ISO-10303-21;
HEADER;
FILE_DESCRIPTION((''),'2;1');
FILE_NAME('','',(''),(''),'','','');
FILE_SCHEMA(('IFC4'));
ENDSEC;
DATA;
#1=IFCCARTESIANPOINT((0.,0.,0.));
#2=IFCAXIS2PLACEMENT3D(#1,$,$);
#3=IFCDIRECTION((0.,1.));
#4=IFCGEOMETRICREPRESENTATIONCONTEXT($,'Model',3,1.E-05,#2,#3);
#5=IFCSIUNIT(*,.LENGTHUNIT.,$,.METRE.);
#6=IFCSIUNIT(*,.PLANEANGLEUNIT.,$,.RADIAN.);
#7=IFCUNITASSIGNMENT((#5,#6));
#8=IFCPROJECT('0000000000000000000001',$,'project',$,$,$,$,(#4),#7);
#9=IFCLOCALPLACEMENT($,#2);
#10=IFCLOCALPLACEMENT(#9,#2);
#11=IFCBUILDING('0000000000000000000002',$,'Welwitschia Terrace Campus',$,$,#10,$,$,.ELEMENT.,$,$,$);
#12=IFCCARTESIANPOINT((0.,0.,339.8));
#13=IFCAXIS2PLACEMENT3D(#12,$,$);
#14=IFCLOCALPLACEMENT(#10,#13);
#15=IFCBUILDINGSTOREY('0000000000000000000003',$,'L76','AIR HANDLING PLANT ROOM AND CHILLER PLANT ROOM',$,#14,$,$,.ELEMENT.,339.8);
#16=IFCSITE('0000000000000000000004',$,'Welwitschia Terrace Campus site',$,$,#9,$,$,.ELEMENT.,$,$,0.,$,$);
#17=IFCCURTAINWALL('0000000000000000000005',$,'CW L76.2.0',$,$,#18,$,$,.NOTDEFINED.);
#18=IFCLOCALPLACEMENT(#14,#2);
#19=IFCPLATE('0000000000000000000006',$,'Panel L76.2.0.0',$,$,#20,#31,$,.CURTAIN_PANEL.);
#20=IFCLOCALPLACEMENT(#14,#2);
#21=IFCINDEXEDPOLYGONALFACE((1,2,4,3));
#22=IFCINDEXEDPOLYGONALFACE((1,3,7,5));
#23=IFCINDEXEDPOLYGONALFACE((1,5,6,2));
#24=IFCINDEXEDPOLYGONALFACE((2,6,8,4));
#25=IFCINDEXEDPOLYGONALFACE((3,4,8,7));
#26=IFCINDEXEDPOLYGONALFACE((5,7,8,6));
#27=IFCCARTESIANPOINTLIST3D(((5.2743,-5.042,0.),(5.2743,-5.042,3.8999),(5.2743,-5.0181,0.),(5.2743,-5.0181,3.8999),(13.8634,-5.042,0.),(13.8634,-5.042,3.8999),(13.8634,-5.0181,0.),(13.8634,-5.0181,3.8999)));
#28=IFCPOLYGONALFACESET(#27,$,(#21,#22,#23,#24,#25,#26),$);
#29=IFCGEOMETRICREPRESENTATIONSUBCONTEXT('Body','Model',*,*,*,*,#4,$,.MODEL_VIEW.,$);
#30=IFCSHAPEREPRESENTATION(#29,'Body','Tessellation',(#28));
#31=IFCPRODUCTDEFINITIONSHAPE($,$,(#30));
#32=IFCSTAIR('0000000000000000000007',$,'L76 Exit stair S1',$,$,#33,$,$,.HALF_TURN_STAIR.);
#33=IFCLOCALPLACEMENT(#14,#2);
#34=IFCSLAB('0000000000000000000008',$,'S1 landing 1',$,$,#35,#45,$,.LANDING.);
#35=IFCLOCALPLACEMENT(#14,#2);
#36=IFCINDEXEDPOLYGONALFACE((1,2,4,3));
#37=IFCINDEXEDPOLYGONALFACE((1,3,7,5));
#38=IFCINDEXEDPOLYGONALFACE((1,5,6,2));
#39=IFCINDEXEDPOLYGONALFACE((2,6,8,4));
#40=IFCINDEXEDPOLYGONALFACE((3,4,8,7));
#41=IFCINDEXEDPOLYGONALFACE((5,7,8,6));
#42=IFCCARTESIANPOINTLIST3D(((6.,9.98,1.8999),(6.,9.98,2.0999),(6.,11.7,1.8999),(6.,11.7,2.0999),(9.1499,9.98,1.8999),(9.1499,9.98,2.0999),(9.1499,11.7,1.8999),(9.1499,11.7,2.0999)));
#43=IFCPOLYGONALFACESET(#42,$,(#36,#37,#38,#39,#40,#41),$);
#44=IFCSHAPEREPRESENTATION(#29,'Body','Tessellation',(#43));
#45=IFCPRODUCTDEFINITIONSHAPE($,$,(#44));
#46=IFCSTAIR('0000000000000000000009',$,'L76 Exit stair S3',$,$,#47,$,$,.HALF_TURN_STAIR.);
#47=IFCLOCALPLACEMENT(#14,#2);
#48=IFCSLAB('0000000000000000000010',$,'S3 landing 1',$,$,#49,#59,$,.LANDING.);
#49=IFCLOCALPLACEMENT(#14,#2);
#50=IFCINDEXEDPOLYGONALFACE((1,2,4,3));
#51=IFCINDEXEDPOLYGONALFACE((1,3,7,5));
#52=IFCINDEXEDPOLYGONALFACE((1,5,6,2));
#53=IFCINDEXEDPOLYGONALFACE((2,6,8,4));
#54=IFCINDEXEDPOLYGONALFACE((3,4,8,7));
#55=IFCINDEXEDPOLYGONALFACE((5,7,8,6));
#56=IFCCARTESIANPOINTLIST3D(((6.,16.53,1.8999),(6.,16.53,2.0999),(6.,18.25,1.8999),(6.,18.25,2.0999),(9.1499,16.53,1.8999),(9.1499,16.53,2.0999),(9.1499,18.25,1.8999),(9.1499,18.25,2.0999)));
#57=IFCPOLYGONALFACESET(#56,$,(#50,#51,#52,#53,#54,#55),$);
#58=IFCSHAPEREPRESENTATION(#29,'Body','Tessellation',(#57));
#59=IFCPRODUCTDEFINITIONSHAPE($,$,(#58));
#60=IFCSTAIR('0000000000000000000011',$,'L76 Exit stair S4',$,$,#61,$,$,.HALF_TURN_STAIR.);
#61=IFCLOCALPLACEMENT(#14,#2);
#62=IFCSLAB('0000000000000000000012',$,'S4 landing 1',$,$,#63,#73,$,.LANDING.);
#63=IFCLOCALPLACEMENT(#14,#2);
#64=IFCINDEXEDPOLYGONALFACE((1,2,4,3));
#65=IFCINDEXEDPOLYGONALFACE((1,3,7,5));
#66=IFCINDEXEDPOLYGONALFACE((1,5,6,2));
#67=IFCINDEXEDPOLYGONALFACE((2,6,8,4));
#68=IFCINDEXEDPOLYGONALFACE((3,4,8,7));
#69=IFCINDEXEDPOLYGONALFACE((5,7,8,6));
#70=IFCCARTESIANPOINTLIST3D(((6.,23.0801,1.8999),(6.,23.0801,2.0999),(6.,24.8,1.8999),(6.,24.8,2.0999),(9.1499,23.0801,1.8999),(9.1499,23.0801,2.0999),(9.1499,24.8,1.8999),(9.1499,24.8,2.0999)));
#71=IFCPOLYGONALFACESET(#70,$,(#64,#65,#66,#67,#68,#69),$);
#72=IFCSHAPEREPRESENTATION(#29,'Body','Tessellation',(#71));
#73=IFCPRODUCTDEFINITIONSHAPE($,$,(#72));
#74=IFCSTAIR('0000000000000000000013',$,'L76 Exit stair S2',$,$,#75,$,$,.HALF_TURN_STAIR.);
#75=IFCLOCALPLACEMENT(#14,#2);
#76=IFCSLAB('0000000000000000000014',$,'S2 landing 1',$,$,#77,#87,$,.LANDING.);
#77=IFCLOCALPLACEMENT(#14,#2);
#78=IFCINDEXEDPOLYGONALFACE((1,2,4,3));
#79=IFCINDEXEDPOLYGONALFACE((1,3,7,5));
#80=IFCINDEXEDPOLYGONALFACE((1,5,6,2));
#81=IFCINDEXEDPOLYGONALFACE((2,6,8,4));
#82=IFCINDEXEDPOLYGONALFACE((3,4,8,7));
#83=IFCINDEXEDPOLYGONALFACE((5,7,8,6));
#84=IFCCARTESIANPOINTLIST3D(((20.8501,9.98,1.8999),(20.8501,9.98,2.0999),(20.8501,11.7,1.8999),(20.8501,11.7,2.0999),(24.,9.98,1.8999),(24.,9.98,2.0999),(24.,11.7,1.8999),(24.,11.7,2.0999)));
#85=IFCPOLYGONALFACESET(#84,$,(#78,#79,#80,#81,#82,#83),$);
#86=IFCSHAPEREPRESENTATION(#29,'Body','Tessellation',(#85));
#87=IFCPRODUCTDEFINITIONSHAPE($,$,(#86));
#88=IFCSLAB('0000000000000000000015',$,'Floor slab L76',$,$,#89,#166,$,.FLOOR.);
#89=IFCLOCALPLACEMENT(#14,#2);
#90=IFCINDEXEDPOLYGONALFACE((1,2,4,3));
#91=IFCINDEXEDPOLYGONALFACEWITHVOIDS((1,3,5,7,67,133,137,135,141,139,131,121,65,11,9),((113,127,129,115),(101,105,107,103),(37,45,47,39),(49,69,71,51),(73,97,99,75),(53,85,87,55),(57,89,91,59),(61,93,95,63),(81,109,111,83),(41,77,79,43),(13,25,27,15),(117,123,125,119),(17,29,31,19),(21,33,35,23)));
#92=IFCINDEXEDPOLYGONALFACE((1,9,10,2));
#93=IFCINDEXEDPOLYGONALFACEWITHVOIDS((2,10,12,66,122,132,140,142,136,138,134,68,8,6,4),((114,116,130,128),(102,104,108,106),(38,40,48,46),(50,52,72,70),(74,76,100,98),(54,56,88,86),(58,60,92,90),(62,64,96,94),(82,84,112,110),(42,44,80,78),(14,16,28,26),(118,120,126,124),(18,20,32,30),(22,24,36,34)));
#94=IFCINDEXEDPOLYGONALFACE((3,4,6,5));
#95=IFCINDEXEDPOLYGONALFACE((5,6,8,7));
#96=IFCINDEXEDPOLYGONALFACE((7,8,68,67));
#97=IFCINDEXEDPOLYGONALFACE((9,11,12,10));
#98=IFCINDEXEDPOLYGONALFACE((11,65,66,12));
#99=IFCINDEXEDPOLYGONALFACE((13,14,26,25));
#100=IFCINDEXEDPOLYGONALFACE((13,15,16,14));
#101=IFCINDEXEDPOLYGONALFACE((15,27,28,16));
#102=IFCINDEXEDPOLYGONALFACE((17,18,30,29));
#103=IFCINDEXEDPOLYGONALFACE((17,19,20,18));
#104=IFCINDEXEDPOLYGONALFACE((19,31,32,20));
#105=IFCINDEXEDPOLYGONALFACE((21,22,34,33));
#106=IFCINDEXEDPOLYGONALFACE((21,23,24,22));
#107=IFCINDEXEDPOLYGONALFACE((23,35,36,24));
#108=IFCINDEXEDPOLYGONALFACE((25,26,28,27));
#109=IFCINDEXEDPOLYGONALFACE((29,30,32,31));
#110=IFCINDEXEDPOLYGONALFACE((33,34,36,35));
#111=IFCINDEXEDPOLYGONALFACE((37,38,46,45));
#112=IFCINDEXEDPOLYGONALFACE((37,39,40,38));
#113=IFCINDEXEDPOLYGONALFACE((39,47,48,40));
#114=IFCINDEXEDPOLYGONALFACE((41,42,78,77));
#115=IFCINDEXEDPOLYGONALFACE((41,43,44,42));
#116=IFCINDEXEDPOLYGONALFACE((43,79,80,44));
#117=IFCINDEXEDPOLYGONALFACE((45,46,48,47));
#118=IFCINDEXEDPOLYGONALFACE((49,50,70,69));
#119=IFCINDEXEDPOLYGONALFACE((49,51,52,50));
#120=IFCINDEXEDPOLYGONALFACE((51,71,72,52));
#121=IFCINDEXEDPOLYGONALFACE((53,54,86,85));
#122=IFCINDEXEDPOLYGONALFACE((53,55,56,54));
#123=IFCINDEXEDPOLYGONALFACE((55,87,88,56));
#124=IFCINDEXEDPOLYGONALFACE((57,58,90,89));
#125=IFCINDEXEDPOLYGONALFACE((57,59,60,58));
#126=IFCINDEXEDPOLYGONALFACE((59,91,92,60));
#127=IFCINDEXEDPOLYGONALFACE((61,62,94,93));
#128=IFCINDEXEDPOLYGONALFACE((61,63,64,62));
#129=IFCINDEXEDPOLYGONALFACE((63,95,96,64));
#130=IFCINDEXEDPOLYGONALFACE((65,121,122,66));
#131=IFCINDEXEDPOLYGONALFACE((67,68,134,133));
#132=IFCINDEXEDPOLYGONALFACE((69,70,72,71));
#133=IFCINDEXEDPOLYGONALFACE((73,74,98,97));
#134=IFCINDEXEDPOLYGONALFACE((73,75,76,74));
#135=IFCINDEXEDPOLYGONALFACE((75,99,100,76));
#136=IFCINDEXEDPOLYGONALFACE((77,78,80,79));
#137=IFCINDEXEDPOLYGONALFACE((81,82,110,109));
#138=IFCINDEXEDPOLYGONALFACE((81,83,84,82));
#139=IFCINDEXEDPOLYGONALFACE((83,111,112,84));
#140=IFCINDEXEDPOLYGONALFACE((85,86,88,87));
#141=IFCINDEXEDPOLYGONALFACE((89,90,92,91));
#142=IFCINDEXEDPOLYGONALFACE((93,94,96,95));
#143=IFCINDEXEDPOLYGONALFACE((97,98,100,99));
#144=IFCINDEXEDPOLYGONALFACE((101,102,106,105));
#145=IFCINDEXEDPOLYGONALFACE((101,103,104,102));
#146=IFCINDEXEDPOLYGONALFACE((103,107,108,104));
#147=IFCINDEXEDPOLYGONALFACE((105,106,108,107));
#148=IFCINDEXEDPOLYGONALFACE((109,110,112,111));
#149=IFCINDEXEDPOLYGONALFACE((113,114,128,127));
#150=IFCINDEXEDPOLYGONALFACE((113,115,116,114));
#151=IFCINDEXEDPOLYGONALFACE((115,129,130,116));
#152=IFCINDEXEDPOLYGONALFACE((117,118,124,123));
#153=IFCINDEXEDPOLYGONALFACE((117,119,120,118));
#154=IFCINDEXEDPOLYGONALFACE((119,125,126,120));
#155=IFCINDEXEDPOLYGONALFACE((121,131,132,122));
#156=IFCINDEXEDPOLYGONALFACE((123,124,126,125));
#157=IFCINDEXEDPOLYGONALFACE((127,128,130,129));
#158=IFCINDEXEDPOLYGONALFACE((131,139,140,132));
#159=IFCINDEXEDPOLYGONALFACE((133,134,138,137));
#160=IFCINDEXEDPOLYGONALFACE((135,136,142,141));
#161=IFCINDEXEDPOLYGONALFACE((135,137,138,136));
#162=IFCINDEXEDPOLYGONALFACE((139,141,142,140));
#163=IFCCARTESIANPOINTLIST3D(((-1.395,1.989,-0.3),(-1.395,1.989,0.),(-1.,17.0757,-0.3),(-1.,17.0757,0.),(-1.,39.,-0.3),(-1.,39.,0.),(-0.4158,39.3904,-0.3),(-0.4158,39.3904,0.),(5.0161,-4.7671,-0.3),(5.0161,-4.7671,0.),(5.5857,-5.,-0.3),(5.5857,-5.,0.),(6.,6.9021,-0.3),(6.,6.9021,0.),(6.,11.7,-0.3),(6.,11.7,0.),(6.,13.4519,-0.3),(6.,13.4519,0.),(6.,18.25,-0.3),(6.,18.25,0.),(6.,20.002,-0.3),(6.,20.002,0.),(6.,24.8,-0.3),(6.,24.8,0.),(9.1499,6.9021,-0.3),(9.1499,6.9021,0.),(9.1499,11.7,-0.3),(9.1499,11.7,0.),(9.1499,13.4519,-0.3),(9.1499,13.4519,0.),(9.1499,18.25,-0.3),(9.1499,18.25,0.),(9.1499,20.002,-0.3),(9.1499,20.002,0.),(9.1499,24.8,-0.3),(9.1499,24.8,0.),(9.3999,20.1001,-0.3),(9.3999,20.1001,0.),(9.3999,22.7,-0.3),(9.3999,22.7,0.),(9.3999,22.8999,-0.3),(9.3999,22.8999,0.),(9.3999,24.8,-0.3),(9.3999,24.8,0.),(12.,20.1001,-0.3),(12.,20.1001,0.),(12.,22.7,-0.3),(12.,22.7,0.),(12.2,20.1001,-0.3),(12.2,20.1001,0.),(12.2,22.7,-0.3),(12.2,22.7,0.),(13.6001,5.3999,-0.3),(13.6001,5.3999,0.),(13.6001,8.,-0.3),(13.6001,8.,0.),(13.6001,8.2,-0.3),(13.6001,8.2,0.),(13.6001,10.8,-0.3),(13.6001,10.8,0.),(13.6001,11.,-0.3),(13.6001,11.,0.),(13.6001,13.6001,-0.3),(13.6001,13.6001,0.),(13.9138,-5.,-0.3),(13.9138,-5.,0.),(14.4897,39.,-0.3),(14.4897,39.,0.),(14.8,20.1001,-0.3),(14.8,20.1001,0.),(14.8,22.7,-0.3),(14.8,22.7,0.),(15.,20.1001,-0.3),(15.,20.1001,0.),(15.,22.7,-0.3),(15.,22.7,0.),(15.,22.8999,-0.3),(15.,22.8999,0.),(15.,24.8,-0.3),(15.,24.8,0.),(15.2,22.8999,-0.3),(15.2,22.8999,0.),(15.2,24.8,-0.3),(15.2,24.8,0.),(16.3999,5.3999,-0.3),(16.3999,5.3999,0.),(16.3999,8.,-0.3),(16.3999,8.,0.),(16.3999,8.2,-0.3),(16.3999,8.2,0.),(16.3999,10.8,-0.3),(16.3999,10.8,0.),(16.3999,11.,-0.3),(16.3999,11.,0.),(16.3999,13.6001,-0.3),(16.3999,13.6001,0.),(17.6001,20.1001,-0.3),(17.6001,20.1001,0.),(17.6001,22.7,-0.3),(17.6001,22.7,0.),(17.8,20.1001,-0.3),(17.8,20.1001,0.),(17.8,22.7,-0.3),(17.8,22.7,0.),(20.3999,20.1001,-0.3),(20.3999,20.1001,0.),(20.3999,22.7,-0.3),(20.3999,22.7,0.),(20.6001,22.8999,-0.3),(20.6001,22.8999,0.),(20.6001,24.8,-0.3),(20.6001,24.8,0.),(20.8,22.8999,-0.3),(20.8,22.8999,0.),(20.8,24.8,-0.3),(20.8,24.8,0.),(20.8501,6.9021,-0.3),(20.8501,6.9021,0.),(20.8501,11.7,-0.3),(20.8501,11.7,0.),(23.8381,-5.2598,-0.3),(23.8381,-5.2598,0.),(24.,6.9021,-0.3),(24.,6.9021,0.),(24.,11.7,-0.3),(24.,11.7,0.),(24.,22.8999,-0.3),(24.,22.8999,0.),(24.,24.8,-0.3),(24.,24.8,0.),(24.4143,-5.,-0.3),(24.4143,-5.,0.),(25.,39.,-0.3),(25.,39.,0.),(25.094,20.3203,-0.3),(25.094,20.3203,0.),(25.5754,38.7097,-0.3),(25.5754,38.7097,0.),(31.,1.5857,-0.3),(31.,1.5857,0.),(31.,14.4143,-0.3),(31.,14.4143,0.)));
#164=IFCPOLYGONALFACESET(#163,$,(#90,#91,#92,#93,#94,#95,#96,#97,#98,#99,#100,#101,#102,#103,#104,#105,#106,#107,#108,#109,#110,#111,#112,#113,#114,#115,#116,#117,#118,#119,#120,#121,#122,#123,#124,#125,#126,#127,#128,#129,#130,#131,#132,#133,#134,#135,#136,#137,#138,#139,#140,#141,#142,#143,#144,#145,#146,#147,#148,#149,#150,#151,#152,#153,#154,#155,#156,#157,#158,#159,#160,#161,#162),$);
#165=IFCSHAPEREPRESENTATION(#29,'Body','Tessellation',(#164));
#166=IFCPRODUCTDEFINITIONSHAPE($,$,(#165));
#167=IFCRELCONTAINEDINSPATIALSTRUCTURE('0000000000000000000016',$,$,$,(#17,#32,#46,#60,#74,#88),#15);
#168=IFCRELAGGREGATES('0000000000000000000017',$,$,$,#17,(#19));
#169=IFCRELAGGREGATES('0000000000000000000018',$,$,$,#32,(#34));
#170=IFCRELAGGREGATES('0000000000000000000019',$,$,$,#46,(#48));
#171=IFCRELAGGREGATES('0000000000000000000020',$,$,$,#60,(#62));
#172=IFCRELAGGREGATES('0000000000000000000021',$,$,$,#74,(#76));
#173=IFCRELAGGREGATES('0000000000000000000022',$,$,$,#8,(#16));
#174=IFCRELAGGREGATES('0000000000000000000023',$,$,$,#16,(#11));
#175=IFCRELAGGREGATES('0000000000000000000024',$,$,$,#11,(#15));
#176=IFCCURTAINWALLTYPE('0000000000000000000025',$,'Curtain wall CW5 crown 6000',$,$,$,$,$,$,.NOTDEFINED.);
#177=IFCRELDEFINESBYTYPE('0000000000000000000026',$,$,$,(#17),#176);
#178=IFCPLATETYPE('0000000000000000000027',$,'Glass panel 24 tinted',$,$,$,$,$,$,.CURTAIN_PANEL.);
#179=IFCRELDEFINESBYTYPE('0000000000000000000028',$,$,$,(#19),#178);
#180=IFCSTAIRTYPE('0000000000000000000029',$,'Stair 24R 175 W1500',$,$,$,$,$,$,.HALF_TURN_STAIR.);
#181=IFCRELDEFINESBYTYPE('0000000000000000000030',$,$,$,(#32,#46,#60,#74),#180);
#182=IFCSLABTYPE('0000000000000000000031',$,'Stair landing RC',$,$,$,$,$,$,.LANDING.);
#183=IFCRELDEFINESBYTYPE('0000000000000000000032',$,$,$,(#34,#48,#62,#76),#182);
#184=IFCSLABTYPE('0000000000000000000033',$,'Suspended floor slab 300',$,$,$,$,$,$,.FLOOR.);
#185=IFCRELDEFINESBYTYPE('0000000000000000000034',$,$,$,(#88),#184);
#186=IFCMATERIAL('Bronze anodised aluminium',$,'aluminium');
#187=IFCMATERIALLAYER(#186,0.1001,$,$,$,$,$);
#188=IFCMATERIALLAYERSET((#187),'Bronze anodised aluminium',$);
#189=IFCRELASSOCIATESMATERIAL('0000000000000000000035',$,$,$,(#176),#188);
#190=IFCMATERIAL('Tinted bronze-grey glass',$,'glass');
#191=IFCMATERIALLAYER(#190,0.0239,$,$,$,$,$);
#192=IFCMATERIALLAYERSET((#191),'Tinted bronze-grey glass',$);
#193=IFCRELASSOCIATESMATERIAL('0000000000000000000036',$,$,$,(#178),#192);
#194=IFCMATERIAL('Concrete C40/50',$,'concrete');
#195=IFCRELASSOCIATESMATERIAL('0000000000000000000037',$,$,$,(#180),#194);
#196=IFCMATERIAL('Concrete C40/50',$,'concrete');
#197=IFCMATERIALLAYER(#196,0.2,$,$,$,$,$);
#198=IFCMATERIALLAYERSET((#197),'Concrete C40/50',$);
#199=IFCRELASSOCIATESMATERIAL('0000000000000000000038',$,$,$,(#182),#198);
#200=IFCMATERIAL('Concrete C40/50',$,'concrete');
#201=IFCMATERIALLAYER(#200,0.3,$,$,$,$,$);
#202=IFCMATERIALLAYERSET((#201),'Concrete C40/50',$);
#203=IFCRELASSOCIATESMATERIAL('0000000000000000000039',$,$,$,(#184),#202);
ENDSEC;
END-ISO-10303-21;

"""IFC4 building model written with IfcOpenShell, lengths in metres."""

from ifc_helpers import new_model, si_unit, direction, frame, origin, origin_2d, place, context, subcontext, project, spatial, polyline, rectangle, outline, extrude, material, layer, layer_set, type_object, element, aggregate, save


model = new_model("IFC4")

# Units and contexts
model_context = context("Model", 3, precision=1e-05, world=origin(), true_north=direction((0.0, 1.0)))
body_context = subcontext(model_context, "Body", "Model", "MODEL_VIEW")
ifc_project = project(units=[si_unit("LENGTHUNIT", "METRE"), si_unit("PLANEANGLEUNIT", "RADIAN")], contexts=[model_context])

# Site, building, storey
site_placement = place(None, origin())
site = spatial("IfcSite", under=ifc_project, at=site_placement, Name="Welwitschia Terrace Campus site", CompositionType="ELEMENT", RefElevation=0.0)
building_placement = place(site_placement, origin())
building = spatial("IfcBuilding", under=site, at=building_placement, Name="Welwitschia Terrace Campus", CompositionType="ELEMENT")
storey_placement = place(building_placement, frame((0.0, 0.0, 339.8)))
storey = spatial("IfcBuildingStorey", under=building, at=storey_placement, Name="L76", Description="AIR HANDLING PLANT ROOM AND CHILLER PLANT ROOM", CompositionType="ELEMENT", Elevation=339.8)

# Shared definitions
ifc_material_1 = material(Name="Bronze anodised aluminium", Category="aluminium")
ifc_layer_1 = layer(ifc_material_1, 0.1001)
ifc_layer_set_1 = layer_set([ifc_layer_1], Name="Bronze anodised aluminium")
curtain_wall_type = type_object("IfcCurtainWallType", Name="Curtain wall CW5 crown 6000", PredefinedType="NOTDEFINED", material=ifc_layer_set_1)

# Curtain wall
curtain_wall_1_placement = place(storey_placement, origin())
curtain_wall_1 = element("IfcCurtainWall", 1, at=curtain_wall_1_placement, inside=storey, type_object=curtain_wall_type, Name="CW L76.2.0", PredefinedType="NOTDEFINED")

# Plate
ifc_material_2 = material(Name="Tinted bronze-grey glass", Category="glass")
ifc_layer_2 = layer(ifc_material_2, 0.0239)
ifc_layer_set_2 = layer_set([ifc_layer_2], Name="Tinted bronze-grey glass")
plate_type = type_object("IfcPlateType", Name="Glass panel 24 tinted", PredefinedType="CURTAIN_PANEL", material=ifc_layer_set_2)
plate_1_placement = place(storey_placement, frame((9.5688, -5.03, 0.0), z_axis=(0.0, 0.0, 1.0), x_axis=(1.0, 0.0, 0.0)))
plate_1 = element("IfcPlate", 2, at=plate_1_placement, type_object=plate_type, Name="Panel L76.2.0.0", PredefinedType="CURTAIN_PANEL", context=body_context, shape_type="SweptSolid", body=[
    extrude(rectangle(XDim=8.5891, YDim=0.0239, at=origin_2d()), origin(), (0.0, 0.0, 1.0), 3.8999),
])
aggregate(curtain_wall_1, [plate_1])

# Stairs, slabs
ifc_material_3 = material(Name="Concrete C40/50", Category="concrete")
stair_type = type_object("IfcStairType", Name="Stair 24R 175 W1500", PredefinedType="HALF_TURN_STAIR", material=ifc_material_3)
stair_1_placement = place(storey_placement, origin())
stair_1 = element("IfcStair", 3, at=stair_1_placement, inside=storey, type_object=stair_type, Name="L76 Exit stair S1", PredefinedType="HALF_TURN_STAIR")
ifc_material_4 = material(Name="Concrete C40/50", Category="concrete")
ifc_layer_3 = layer(ifc_material_4, 0.2)
ifc_layer_set_3 = layer_set([ifc_layer_3], Name="Concrete C40/50")
slab_type_1 = type_object("IfcSlabType", Name="Stair landing RC", PredefinedType="LANDING", material=ifc_layer_set_3)
slab_1_placement = place(storey_placement, frame((0.0, 0.0, 1.8999)))
slab_1 = element("IfcSlab", 4, at=slab_1_placement, type_object=slab_type_1, Name="S1 landing 1", PredefinedType="LANDING", context=body_context, shape_type="SweptSolid", body=[
    extrude(outline(polyline([(9.1499, 9.98), (9.1499, 11.7), (6.0, 11.7), (6.0, 9.98), (9.1499, 9.98)])), origin(), (0.0, 0.0, 1.0), 0.2),
])
aggregate(stair_1, [slab_1])
stair_2_placement = place(storey_placement, origin())
stair_2 = element("IfcStair", 5, at=stair_2_placement, inside=storey, type_object=stair_type, Name="L76 Exit stair S3", PredefinedType="HALF_TURN_STAIR")
slab_2_placement = place(storey_placement, frame((0.0, 0.0, 1.8999)))
slab_2 = element("IfcSlab", 6, at=slab_2_placement, type_object=slab_type_1, Name="S3 landing 1", PredefinedType="LANDING", context=body_context, shape_type="SweptSolid", body=[
    extrude(outline(polyline([(9.1499, 16.53), (9.1499, 18.25), (6.0, 18.25), (6.0, 16.53), (9.1499, 16.53)])), origin(), (0.0, 0.0, 1.0), 0.2),
])
aggregate(stair_2, [slab_2])
stair_3_placement = place(storey_placement, origin())
stair_3 = element("IfcStair", 7, at=stair_3_placement, inside=storey, type_object=stair_type, Name="L76 Exit stair S4", PredefinedType="HALF_TURN_STAIR")
slab_3_placement = place(storey_placement, frame((0.0, 0.0, 1.8999)))
slab_3 = element("IfcSlab", 8, at=slab_3_placement, type_object=slab_type_1, Name="S4 landing 1", PredefinedType="LANDING", context=body_context, shape_type="SweptSolid", body=[
    extrude(outline(polyline([(9.1499, 23.0801), (9.1499, 24.8), (6.0, 24.8), (6.0, 23.0801), (9.1499, 23.0801)])), origin(), (0.0, 0.0, 1.0), 0.2),
])
aggregate(stair_3, [slab_3])
stair_4_placement = place(storey_placement, origin())
stair_4 = element("IfcStair", 9, at=stair_4_placement, inside=storey, type_object=stair_type, Name="L76 Exit stair S2", PredefinedType="HALF_TURN_STAIR")
slab_4_placement = place(storey_placement, frame((0.0, 0.0, 1.8999)))
slab_4 = element("IfcSlab", 10, at=slab_4_placement, type_object=slab_type_1, Name="S2 landing 1", PredefinedType="LANDING", context=body_context, shape_type="SweptSolid", body=[
    extrude(outline(polyline([(24.0, 9.98), (24.0, 11.7), (20.8501, 11.7), (20.8501, 9.98), (24.0, 9.98)])), origin(), (0.0, 0.0, 1.0), 0.2),
])
aggregate(stair_4, [slab_4])

# Slab
ifc_material_5 = material(Name="Concrete C40/50", Category="concrete")
ifc_layer_4 = layer(ifc_material_5, 0.3)
ifc_layer_set_4 = layer_set([ifc_layer_4], Name="Concrete C40/50")
slab_type_2 = type_object("IfcSlabType", Name="Suspended floor slab 300", PredefinedType="FLOOR", material=ifc_layer_set_4)
slab_5_placement = place(storey_placement, frame((0.0, 0.0, -0.3)))
element("IfcSlab", 11, at=slab_5_placement, inside=storey, type_object=slab_type_2, Name="Floor slab L76", PredefinedType="FLOOR", context=body_context, shape_type="SweptSolid", body=[
    extrude(outline(polyline([(-0.4158, 39.3904), (14.4897, 39.0), (25.0, 39.0), (25.5754, 38.7097), (25.094, 20.3203), (31.0, 14.4143), (31.0, 1.5857), (24.4143, -5.0), (23.8381, -5.2598), (13.9138, -5.0), (5.5857, -5.0), (5.0161, -4.7671), (-1.395, 1.989), (-1.0, 17.0757), (-1.0, 39.0), (-0.4158, 39.3904)]), holes=[polyline([(13.6001, 8.0), (13.6001, 5.3999), (16.3999, 5.3999), (16.3999, 8.0), (13.6001, 8.0)]), polyline([(9.1499, 11.7), (6.0, 11.7), (6.0, 6.9021), (9.1499, 6.9021), (9.1499, 11.7)]), polyline([(9.1499, 18.25), (6.0, 18.25), (6.0, 13.4519), (9.1499, 13.4519), (9.1499, 18.25)]), polyline([(12.0, 22.7), (9.3999, 22.7), (9.3999, 20.1001), (12.0, 20.1001), (12.0, 22.7)]), polyline([(14.8, 22.7), (12.2, 22.7), (12.2, 20.1001), (14.8, 20.1001), (14.8, 22.7)]), polyline([(9.1499, 24.8), (6.0, 24.8), (6.0, 20.002), (9.1499, 20.002), (9.1499, 24.8)]), polyline([(15.0, 24.8), (9.3999, 24.8), (9.3999, 22.8999), (15.0, 22.8999), (15.0, 24.8)]), polyline([(20.8501, 11.7), (20.8501, 6.9021), (24.0, 6.9021), (24.0, 11.7), (20.8501, 11.7)]), polyline([(16.3999, 10.8), (13.6001, 10.8), (13.6001, 8.2), (16.3999, 8.2), (16.3999, 10.8)]), polyline([(16.3999, 13.6001), (13.6001, 13.6001), (13.6001, 11.0), (16.3999, 11.0), (16.3999, 13.6001)]), polyline([(17.6001, 22.7), (15.0, 22.7), (15.0, 20.1001), (17.6001, 20.1001), (17.6001, 22.7)]), polyline([(20.3999, 22.7), (17.8, 22.7), (17.8, 20.1001), (20.3999, 20.1001), (20.3999, 22.7)]), polyline([(20.6001, 24.8), (15.2, 24.8), (15.2, 22.8999), (20.6001, 22.8999), (20.6001, 24.8)]), polyline([(24.0, 24.8), (20.8, 24.8), (20.8, 22.8999), (24.0, 22.8999), (24.0, 24.8)])]), origin(), (0.0, 0.0, 1.0), 0.3),
])

save(model, "model.ifc")
